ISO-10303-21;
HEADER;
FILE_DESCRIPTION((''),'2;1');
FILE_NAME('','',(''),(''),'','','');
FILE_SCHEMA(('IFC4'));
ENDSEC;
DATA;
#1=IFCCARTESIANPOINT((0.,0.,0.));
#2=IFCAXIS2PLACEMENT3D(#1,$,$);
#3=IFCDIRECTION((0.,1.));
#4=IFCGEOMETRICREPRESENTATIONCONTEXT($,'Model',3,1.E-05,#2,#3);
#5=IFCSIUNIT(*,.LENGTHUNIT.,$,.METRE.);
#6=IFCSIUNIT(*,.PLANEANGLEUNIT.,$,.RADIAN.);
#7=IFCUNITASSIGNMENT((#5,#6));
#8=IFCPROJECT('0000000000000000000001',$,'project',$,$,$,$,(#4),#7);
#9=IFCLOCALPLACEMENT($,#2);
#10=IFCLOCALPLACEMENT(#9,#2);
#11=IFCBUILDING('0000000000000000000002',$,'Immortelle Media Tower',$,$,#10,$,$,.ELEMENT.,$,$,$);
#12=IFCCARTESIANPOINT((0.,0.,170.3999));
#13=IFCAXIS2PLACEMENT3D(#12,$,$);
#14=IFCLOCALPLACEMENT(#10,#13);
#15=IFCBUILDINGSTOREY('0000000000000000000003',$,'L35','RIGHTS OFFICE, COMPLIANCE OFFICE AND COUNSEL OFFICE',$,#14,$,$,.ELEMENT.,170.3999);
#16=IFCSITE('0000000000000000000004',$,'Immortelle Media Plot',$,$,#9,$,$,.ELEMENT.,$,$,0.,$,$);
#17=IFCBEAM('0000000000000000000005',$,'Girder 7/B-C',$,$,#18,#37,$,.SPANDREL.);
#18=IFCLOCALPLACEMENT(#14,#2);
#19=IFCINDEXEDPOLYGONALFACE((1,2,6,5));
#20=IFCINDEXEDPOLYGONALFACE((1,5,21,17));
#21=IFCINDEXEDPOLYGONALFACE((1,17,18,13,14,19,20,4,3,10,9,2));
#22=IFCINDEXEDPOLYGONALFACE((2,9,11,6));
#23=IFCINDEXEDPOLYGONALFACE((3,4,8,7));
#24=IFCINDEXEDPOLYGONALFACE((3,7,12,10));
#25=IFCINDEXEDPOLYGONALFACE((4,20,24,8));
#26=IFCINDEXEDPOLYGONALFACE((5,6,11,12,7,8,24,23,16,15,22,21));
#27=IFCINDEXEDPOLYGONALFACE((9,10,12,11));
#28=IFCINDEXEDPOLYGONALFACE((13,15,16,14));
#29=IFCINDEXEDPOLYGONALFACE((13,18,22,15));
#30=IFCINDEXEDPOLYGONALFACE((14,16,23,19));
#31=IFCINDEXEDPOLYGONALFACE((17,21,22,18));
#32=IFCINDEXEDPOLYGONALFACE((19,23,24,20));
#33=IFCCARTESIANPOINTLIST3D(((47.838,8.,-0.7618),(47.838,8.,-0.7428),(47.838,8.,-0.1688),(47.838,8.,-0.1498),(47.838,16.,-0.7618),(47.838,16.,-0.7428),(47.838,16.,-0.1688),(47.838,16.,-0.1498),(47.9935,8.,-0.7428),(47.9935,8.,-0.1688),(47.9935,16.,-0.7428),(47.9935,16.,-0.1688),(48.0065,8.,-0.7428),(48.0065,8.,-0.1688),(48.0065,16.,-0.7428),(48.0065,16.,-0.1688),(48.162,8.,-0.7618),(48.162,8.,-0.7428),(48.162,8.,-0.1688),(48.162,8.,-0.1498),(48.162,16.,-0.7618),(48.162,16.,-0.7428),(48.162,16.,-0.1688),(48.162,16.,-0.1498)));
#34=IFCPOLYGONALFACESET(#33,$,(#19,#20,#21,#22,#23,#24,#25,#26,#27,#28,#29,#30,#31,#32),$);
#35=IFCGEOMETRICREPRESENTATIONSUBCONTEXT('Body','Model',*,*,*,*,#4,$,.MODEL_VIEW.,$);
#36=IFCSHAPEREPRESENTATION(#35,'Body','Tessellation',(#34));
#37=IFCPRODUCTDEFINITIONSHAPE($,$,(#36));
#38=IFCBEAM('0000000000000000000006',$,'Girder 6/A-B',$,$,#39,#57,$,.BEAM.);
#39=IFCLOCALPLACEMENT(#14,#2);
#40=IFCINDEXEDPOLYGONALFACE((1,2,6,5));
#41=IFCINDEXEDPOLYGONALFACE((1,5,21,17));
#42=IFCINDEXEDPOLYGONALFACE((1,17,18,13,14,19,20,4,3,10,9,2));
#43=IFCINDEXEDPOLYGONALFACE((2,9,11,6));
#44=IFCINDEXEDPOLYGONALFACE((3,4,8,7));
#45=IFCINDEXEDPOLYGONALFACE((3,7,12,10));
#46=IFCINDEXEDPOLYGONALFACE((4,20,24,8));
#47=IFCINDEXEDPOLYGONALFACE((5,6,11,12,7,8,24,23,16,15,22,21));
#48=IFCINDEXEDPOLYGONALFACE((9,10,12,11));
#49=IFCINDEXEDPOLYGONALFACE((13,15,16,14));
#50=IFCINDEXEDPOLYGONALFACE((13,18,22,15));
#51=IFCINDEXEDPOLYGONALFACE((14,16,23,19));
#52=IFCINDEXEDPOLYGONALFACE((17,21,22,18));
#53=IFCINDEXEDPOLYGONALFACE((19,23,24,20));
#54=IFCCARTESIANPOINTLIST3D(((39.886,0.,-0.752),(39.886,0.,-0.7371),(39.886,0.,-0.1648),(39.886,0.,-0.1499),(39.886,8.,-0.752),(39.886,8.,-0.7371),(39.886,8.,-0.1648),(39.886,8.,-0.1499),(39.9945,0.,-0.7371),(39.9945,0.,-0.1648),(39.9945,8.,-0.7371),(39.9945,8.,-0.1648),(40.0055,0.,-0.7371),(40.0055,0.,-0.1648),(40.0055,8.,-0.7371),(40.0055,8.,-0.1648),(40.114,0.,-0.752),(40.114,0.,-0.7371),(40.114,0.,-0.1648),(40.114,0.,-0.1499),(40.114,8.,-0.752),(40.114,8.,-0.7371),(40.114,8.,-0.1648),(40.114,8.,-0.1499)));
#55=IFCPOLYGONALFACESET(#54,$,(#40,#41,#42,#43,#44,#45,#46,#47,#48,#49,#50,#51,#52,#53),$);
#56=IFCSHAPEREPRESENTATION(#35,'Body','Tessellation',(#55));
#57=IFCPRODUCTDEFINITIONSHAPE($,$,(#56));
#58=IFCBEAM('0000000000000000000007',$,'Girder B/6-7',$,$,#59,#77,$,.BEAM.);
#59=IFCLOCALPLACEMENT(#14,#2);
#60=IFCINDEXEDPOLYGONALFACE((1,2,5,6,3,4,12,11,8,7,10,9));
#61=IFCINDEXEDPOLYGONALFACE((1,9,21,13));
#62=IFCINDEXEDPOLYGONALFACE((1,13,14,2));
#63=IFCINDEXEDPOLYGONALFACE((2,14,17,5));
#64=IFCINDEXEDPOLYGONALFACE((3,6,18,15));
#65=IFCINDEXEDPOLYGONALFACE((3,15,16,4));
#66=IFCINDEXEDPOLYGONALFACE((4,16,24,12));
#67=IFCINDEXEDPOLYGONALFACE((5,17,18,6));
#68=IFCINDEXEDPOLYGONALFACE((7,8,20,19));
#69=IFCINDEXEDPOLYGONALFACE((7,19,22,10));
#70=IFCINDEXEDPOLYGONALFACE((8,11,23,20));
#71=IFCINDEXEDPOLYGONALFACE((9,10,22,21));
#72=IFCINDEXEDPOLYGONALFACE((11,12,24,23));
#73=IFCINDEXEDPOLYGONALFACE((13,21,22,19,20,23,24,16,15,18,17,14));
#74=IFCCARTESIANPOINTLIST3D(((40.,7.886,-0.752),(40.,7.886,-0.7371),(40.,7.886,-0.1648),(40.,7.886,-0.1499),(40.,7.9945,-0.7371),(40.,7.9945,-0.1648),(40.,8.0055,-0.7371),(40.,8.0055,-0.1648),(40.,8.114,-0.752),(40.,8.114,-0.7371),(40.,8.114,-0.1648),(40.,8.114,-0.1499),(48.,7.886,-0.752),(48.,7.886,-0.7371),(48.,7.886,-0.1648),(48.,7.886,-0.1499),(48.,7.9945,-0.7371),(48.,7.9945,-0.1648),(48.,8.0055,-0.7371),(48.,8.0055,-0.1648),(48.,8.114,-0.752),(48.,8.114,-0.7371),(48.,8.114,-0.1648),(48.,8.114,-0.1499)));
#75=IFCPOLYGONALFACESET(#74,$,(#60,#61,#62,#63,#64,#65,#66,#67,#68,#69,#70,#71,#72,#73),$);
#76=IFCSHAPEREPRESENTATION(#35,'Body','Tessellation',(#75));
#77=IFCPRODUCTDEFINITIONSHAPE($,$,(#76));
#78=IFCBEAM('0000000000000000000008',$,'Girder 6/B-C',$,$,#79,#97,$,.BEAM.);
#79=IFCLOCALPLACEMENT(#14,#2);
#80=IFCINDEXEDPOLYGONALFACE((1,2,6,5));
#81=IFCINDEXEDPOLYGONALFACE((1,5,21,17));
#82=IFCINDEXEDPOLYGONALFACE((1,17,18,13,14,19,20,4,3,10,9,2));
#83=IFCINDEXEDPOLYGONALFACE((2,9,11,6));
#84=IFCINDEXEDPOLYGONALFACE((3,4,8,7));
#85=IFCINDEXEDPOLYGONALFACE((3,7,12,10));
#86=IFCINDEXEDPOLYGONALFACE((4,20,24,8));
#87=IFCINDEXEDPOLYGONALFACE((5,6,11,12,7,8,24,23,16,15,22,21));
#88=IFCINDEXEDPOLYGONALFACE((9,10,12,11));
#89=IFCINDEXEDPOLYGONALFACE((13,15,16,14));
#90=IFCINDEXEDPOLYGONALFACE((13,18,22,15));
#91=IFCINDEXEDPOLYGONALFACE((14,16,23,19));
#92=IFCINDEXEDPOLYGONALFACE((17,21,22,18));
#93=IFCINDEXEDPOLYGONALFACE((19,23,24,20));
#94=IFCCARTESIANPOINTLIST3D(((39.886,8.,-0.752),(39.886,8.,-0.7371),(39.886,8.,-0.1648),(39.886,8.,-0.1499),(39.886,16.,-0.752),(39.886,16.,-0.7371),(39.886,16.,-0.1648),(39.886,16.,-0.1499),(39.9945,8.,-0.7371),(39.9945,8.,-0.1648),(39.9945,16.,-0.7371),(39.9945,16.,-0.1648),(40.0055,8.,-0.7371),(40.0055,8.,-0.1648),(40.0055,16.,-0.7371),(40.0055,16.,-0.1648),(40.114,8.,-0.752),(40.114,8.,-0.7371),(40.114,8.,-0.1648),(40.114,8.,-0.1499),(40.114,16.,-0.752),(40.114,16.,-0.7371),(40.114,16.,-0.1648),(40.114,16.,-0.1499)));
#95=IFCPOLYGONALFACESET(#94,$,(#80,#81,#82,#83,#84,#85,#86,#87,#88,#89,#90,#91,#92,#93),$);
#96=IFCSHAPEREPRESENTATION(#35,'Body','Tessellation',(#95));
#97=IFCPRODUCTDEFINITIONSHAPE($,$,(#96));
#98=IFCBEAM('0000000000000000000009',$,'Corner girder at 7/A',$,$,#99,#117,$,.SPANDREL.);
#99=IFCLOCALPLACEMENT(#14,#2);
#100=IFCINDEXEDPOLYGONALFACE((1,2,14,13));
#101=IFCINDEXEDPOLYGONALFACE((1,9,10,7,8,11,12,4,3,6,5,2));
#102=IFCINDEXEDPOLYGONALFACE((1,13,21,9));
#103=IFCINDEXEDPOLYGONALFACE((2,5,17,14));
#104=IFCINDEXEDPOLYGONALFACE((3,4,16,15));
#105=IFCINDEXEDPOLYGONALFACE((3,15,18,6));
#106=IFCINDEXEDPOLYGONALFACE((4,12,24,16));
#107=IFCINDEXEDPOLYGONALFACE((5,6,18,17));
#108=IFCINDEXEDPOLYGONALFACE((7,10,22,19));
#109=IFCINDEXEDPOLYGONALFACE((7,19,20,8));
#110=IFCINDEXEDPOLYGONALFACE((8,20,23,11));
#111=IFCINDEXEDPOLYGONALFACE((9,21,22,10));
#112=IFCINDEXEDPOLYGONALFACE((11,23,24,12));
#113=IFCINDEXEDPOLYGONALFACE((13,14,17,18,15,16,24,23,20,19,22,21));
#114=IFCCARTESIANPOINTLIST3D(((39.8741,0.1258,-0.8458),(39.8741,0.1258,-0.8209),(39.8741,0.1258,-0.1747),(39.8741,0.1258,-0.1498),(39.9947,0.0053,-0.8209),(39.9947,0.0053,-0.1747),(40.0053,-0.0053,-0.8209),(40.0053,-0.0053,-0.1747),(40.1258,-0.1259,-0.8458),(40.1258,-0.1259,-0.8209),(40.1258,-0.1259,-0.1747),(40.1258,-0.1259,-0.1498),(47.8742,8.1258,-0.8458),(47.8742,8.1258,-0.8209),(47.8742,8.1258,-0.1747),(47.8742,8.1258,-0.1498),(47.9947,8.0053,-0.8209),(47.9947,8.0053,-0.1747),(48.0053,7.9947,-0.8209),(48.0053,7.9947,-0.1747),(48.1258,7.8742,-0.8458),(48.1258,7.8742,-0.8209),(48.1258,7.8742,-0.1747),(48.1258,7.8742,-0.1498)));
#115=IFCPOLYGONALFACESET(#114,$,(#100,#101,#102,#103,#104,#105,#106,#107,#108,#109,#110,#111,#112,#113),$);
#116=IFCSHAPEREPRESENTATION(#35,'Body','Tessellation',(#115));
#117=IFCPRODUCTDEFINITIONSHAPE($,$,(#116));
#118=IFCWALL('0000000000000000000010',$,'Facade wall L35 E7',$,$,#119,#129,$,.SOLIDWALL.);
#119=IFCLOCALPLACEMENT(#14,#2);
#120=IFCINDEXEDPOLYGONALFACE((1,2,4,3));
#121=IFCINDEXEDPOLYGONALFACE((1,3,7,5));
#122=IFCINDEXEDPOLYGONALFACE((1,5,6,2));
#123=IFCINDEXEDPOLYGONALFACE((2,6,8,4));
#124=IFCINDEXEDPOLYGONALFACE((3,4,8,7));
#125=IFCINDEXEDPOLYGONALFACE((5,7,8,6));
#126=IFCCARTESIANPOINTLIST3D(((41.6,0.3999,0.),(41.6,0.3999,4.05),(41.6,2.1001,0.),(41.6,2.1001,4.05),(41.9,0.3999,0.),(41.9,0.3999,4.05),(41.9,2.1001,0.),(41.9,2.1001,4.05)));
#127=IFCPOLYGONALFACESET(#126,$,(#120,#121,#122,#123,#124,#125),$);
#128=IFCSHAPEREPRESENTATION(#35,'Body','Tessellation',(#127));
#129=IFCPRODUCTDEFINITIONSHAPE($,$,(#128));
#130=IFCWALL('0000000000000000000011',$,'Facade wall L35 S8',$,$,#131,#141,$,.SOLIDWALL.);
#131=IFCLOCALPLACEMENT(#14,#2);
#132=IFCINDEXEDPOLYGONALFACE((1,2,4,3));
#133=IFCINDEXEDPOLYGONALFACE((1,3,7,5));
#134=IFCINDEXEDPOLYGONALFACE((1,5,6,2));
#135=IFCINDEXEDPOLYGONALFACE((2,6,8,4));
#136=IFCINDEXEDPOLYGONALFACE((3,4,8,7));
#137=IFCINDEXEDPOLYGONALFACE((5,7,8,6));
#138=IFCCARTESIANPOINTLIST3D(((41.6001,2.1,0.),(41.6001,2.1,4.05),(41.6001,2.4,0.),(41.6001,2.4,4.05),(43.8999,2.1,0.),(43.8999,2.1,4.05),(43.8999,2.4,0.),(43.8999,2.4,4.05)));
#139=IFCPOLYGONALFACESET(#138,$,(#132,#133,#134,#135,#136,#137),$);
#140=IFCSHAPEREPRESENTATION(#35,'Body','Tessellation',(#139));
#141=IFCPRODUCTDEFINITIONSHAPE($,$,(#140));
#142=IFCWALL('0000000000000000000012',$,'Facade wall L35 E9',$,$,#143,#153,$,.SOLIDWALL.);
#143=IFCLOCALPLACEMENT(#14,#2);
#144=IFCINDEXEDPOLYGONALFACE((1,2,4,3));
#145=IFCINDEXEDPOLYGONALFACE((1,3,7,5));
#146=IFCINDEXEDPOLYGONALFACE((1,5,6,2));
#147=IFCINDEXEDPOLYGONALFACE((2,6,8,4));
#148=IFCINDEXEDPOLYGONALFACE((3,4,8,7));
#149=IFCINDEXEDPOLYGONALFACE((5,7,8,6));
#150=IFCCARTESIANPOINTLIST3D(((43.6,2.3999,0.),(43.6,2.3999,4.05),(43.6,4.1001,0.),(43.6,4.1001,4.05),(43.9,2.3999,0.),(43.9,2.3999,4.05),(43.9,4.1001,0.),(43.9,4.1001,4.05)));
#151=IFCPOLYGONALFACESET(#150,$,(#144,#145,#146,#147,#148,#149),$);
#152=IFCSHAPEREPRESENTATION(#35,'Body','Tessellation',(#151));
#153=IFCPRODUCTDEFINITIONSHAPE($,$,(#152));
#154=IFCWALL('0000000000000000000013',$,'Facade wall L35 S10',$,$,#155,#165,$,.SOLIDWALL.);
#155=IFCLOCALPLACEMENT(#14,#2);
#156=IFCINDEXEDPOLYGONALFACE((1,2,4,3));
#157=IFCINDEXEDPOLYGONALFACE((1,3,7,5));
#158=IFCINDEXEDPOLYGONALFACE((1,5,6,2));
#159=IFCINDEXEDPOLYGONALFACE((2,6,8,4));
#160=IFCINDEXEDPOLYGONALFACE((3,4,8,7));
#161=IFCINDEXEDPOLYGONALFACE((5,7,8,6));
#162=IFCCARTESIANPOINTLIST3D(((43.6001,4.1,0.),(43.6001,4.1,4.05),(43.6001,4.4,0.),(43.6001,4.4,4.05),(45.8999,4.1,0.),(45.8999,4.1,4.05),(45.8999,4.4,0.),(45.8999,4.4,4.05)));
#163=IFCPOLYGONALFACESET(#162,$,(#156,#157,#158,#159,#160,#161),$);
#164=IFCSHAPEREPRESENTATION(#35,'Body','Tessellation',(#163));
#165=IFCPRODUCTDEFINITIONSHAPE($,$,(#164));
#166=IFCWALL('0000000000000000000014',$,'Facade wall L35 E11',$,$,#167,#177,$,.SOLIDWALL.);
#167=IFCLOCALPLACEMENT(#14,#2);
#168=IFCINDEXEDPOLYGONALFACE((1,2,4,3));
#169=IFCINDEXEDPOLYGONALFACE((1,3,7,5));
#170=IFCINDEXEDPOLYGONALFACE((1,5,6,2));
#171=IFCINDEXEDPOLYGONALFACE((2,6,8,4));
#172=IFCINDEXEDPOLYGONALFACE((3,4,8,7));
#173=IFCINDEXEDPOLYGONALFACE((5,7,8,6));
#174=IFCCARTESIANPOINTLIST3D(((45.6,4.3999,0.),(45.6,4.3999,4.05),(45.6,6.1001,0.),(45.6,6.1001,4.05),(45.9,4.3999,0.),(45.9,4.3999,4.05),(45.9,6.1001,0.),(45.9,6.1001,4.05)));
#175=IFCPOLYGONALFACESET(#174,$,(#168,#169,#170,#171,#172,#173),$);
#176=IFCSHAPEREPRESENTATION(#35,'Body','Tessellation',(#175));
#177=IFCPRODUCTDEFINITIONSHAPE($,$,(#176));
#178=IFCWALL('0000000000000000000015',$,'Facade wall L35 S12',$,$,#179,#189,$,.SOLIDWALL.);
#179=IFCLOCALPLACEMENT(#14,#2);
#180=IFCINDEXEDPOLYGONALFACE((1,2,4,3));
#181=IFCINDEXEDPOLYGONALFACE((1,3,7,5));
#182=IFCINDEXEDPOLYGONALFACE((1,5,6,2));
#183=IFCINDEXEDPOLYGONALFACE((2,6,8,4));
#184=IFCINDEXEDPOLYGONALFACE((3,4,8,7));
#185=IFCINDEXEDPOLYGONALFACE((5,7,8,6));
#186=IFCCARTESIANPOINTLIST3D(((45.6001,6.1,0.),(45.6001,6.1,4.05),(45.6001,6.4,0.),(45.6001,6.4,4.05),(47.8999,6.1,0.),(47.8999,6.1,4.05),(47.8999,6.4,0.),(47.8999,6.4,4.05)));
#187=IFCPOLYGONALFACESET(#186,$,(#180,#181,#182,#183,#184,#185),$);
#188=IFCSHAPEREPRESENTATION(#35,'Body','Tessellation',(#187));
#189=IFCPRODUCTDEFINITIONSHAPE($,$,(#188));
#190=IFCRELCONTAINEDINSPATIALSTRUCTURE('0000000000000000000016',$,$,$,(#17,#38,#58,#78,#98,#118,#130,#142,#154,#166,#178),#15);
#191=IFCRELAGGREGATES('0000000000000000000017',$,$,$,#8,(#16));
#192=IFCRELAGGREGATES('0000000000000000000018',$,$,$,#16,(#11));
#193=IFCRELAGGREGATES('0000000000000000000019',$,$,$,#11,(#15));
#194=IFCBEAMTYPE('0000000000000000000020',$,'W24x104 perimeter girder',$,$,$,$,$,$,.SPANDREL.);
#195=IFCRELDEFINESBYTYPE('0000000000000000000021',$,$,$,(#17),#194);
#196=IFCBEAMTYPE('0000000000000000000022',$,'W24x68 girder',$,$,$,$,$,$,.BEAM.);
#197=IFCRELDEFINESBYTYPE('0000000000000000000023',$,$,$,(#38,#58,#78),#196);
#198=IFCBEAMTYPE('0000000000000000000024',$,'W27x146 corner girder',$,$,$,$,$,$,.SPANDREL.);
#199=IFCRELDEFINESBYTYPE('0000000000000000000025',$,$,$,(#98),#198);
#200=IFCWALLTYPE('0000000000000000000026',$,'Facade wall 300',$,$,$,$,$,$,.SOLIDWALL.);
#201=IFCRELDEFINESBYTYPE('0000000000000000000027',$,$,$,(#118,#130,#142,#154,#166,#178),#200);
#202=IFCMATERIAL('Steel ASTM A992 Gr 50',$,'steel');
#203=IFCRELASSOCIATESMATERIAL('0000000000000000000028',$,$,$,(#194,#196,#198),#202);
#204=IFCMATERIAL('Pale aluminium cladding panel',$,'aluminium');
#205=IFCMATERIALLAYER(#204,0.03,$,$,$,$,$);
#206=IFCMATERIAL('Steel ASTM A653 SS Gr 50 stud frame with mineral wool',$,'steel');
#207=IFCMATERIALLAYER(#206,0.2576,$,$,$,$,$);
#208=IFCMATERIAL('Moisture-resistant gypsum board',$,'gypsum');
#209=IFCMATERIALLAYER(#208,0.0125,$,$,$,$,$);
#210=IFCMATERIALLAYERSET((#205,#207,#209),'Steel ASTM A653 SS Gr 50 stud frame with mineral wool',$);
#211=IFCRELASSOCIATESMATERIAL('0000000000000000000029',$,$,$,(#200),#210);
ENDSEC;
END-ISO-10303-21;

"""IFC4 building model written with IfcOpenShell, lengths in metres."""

from ifc_helpers import new_model, si_unit, direction, frame, frame_2d, origin, origin_2d, place, context, subcontext, project, spatial, rectangle, i_section, extrude, material, layer, layer_set, material_profile, profile_set, type_object, element, save


model = new_model("IFC4")

# Units and contexts
model_context = context("Model", 3, precision=1e-05, world=origin(), true_north=direction((0.0, 1.0)))
body_context = subcontext(model_context, "Body", "Model", "MODEL_VIEW")
ifc_project = project(units=[si_unit("LENGTHUNIT", "METRE"), si_unit("PLANEANGLEUNIT", "RADIAN")], contexts=[model_context])

# Site, building, storey
site_placement = place(None, origin())
site = spatial("IfcSite", under=ifc_project, at=site_placement, Name="Immortelle Media Plot", CompositionType="ELEMENT", RefElevation=0.0)
building_placement = place(site_placement, origin())
building = spatial("IfcBuilding", under=site, at=building_placement, Name="Immortelle Media Tower", CompositionType="ELEMENT")
storey_placement = place(building_placement, frame((0.0, 0.0, 170.3999)))
storey = spatial("IfcBuildingStorey", under=building, at=storey_placement, Name="L35", Description="RIGHTS OFFICE, COMPLIANCE OFFICE AND COUNSEL OFFICE", CompositionType="ELEMENT", Elevation=170.3999)

# Shared definitions
ifc_material_1 = material(Name="Steel ASTM A992 Gr 50", Category="steel")

# Beams
ifc_material_profile_1 = material_profile(ifc_material_1, i_section(OverallWidth=0.324, OverallDepth=0.6121, WebThickness=0.0129, FlangeThickness=0.019, at=origin_2d()), Name="W24x104")
ifc_profile_set_1 = profile_set([ifc_material_profile_1], Name="Steel ASTM A992 Gr 50")
beam_type_1 = type_object("IfcBeamType", Name="W24x104 perimeter girder", PredefinedType="SPANDREL", material=ifc_profile_set_1)
beam_1_placement = place(storey_placement, frame((48.0, 8.0, -0.4558), z_axis=(0.0, 1.0, 0.0), x_axis=(-1.0, 0.0, 0.0)))
element("IfcBeam", 1, at=beam_1_placement, inside=storey, type_object=beam_type_1, Name="Girder 7/B-C", PredefinedType="SPANDREL", context=body_context, shape_type="SweptSolid", body=[
    extrude(i_section(OverallWidth=0.324, OverallDepth=0.6121, WebThickness=0.0129, FlangeThickness=0.019, at=origin_2d()), origin(), (0.0, 0.0, 1.0), 8.0),
])
ifc_material_profile_2 = material_profile(ifc_material_1, i_section(OverallWidth=0.228, OverallDepth=0.6021, WebThickness=0.011, FlangeThickness=0.0149, at=origin_2d()), Name="W24x68")
ifc_profile_set_2 = profile_set([ifc_material_profile_2], Name="Steel ASTM A992 Gr 50")
beam_type_2 = type_object("IfcBeamType", Name="W24x68 girder", PredefinedType="BEAM", material=ifc_profile_set_2)
for number, where, z_axis, x_axis, name in (
    (2, (40.0, 0.0, -0.4509), (0.0, 1.0, 0.0), (-1.0, 0.0, 0.0), "Girder 6/A-B"),
    (3, (40.0, 8.0, -0.4509), (1.0, 0.0, 0.0), (0.0, 1.0, 0.0), "Girder B/6-7"),
    (4, (40.0, 8.0, -0.4509), (0.0, 1.0, 0.0), (-1.0, 0.0, 0.0), "Girder 6/B-C"),
):
    element("IfcBeam", number, at=place(storey_placement, frame(where, z_axis=z_axis, x_axis=x_axis)), inside=storey, type_object=beam_type_2, Name=name, PredefinedType="BEAM", context=body_context, shape_type="SweptSolid", body=[
        extrude(i_section(OverallWidth=0.228, OverallDepth=0.6021, WebThickness=0.011, FlangeThickness=0.0149, at=origin_2d()), origin(), (0.0, 0.0, 1.0), 8.0),
    ])
ifc_material_profile_3 = material_profile(ifc_material_1, i_section(OverallWidth=0.356, OverallDepth=0.696, WebThickness=0.0149, FlangeThickness=0.0249, at=origin_2d()), Name="W27x146")
ifc_profile_set_3 = profile_set([ifc_material_profile_3], Name="Steel ASTM A992 Gr 50")
beam_type_3 = type_object("IfcBeamType", Name="W27x146 corner girder", PredefinedType="SPANDREL", material=ifc_profile_set_3)
beam_2_placement = place(storey_placement, frame((48.0, 8.0, -0.4978), z_axis=(-0.707107, -0.707107, 0.0), x_axis=(0.707107, -0.707107, 0.0)))
element("IfcBeam", 5, at=beam_2_placement, inside=storey, type_object=beam_type_3, Name="Corner girder at 7/A", PredefinedType="SPANDREL", context=body_context, shape_type="SweptSolid", body=[
    extrude(i_section(OverallWidth=0.356, OverallDepth=0.696, WebThickness=0.0149, FlangeThickness=0.0249, at=origin_2d()), origin(), (0.0, 0.0, 1.0), 11.3137),
])

# Walls
ifc_material_2 = material(Name="Pale aluminium cladding panel", Category="aluminium")
ifc_layer_1 = layer(ifc_material_2, 0.03)
ifc_material_3 = material(Name="Steel ASTM A653 SS Gr 50 stud frame with mineral wool", Category="steel")
ifc_layer_2 = layer(ifc_material_3, 0.2576)
ifc_material_4 = material(Name="Moisture-resistant gypsum board", Category="gypsum")
ifc_layer_3 = layer(ifc_material_4, 0.0125)
ifc_layer_set_1 = layer_set([ifc_layer_1, ifc_layer_2, ifc_layer_3], Name="Steel ASTM A653 SS Gr 50 stud frame with mineral wool")
wall_type = type_object("IfcWallType", Name="Facade wall 300", PredefinedType="SOLIDWALL", material=ifc_layer_set_1)
wall_1_placement = place(storey_placement, frame((41.75, 0.3999, 0.0), z_axis=(0.0, 0.0, 1.0), x_axis=(0.0, 1.0, 0.0)))
element("IfcWall", 6, at=wall_1_placement, inside=storey, type_object=wall_type, Name="Facade wall L35 E7", PredefinedType="SOLIDWALL", context=body_context, shape_type="SweptSolid", body=[
    extrude(rectangle(XDim=1.7002, YDim=0.3, at=frame_2d((0.8501, 0.0))), origin(), (0.0, 0.0, 1.0), 4.05),
])
wall_2_placement = place(storey_placement, frame((41.6001, 2.25, 0.0), z_axis=(0.0, 0.0, 1.0), x_axis=(1.0, 0.0, 0.0)))
element("IfcWall", 7, at=wall_2_placement, inside=storey, type_object=wall_type, Name="Facade wall L35 S8", PredefinedType="SOLIDWALL", context=body_context, shape_type="SweptSolid", body=[
    extrude(rectangle(XDim=2.2998, YDim=0.3, at=frame_2d((1.1499, 0.0))), origin(), (0.0, 0.0, 1.0), 4.05),
])
wall_3_placement = place(storey_placement, frame((43.75, 2.3999, 0.0), z_axis=(0.0, 0.0, 1.0), x_axis=(0.0, 1.0, 0.0)))
element("IfcWall", 8, at=wall_3_placement, inside=storey, type_object=wall_type, Name="Facade wall L35 E9", PredefinedType="SOLIDWALL", context=body_context, shape_type="SweptSolid", body=[
    extrude(rectangle(XDim=1.7002, YDim=0.3, at=frame_2d((0.8501, 0.0))), origin(), (0.0, 0.0, 1.0), 4.05),
])
wall_4_placement = place(storey_placement, frame((43.6001, 4.25, 0.0), z_axis=(0.0, 0.0, 1.0), x_axis=(1.0, 0.0, 0.0)))
element("IfcWall", 9, at=wall_4_placement, inside=storey, type_object=wall_type, Name="Facade wall L35 S10", PredefinedType="SOLIDWALL", context=body_context, shape_type="SweptSolid", body=[
    extrude(rectangle(XDim=2.2998, YDim=0.3, at=frame_2d((1.1499, 0.0))), origin(), (0.0, 0.0, 1.0), 4.05),
])
wall_5_placement = place(storey_placement, frame((45.75, 4.3999, 0.0), z_axis=(0.0, 0.0, 1.0), x_axis=(0.0, 1.0, 0.0)))
element("IfcWall", 10, at=wall_5_placement, inside=storey, type_object=wall_type, Name="Facade wall L35 E11", PredefinedType="SOLIDWALL", context=body_context, shape_type="SweptSolid", body=[
    extrude(rectangle(XDim=1.7002, YDim=0.3, at=frame_2d((0.8501, 0.0))), origin(), (0.0, 0.0, 1.0), 4.05),
])
wall_6_placement = place(storey_placement, frame((45.6001, 6.25, 0.0), z_axis=(0.0, 0.0, 1.0), x_axis=(1.0, 0.0, 0.0)))
element("IfcWall", 11, at=wall_6_placement, inside=storey, type_object=wall_type, Name="Facade wall L35 S12", PredefinedType="SOLIDWALL", context=body_context, shape_type="SweptSolid", body=[
    extrude(rectangle(XDim=2.2998, YDim=0.3, at=frame_2d((1.1499, 0.0))), origin(), (0.0, 0.0, 1.0), 4.05),
])

save(model, "model.ifc")
